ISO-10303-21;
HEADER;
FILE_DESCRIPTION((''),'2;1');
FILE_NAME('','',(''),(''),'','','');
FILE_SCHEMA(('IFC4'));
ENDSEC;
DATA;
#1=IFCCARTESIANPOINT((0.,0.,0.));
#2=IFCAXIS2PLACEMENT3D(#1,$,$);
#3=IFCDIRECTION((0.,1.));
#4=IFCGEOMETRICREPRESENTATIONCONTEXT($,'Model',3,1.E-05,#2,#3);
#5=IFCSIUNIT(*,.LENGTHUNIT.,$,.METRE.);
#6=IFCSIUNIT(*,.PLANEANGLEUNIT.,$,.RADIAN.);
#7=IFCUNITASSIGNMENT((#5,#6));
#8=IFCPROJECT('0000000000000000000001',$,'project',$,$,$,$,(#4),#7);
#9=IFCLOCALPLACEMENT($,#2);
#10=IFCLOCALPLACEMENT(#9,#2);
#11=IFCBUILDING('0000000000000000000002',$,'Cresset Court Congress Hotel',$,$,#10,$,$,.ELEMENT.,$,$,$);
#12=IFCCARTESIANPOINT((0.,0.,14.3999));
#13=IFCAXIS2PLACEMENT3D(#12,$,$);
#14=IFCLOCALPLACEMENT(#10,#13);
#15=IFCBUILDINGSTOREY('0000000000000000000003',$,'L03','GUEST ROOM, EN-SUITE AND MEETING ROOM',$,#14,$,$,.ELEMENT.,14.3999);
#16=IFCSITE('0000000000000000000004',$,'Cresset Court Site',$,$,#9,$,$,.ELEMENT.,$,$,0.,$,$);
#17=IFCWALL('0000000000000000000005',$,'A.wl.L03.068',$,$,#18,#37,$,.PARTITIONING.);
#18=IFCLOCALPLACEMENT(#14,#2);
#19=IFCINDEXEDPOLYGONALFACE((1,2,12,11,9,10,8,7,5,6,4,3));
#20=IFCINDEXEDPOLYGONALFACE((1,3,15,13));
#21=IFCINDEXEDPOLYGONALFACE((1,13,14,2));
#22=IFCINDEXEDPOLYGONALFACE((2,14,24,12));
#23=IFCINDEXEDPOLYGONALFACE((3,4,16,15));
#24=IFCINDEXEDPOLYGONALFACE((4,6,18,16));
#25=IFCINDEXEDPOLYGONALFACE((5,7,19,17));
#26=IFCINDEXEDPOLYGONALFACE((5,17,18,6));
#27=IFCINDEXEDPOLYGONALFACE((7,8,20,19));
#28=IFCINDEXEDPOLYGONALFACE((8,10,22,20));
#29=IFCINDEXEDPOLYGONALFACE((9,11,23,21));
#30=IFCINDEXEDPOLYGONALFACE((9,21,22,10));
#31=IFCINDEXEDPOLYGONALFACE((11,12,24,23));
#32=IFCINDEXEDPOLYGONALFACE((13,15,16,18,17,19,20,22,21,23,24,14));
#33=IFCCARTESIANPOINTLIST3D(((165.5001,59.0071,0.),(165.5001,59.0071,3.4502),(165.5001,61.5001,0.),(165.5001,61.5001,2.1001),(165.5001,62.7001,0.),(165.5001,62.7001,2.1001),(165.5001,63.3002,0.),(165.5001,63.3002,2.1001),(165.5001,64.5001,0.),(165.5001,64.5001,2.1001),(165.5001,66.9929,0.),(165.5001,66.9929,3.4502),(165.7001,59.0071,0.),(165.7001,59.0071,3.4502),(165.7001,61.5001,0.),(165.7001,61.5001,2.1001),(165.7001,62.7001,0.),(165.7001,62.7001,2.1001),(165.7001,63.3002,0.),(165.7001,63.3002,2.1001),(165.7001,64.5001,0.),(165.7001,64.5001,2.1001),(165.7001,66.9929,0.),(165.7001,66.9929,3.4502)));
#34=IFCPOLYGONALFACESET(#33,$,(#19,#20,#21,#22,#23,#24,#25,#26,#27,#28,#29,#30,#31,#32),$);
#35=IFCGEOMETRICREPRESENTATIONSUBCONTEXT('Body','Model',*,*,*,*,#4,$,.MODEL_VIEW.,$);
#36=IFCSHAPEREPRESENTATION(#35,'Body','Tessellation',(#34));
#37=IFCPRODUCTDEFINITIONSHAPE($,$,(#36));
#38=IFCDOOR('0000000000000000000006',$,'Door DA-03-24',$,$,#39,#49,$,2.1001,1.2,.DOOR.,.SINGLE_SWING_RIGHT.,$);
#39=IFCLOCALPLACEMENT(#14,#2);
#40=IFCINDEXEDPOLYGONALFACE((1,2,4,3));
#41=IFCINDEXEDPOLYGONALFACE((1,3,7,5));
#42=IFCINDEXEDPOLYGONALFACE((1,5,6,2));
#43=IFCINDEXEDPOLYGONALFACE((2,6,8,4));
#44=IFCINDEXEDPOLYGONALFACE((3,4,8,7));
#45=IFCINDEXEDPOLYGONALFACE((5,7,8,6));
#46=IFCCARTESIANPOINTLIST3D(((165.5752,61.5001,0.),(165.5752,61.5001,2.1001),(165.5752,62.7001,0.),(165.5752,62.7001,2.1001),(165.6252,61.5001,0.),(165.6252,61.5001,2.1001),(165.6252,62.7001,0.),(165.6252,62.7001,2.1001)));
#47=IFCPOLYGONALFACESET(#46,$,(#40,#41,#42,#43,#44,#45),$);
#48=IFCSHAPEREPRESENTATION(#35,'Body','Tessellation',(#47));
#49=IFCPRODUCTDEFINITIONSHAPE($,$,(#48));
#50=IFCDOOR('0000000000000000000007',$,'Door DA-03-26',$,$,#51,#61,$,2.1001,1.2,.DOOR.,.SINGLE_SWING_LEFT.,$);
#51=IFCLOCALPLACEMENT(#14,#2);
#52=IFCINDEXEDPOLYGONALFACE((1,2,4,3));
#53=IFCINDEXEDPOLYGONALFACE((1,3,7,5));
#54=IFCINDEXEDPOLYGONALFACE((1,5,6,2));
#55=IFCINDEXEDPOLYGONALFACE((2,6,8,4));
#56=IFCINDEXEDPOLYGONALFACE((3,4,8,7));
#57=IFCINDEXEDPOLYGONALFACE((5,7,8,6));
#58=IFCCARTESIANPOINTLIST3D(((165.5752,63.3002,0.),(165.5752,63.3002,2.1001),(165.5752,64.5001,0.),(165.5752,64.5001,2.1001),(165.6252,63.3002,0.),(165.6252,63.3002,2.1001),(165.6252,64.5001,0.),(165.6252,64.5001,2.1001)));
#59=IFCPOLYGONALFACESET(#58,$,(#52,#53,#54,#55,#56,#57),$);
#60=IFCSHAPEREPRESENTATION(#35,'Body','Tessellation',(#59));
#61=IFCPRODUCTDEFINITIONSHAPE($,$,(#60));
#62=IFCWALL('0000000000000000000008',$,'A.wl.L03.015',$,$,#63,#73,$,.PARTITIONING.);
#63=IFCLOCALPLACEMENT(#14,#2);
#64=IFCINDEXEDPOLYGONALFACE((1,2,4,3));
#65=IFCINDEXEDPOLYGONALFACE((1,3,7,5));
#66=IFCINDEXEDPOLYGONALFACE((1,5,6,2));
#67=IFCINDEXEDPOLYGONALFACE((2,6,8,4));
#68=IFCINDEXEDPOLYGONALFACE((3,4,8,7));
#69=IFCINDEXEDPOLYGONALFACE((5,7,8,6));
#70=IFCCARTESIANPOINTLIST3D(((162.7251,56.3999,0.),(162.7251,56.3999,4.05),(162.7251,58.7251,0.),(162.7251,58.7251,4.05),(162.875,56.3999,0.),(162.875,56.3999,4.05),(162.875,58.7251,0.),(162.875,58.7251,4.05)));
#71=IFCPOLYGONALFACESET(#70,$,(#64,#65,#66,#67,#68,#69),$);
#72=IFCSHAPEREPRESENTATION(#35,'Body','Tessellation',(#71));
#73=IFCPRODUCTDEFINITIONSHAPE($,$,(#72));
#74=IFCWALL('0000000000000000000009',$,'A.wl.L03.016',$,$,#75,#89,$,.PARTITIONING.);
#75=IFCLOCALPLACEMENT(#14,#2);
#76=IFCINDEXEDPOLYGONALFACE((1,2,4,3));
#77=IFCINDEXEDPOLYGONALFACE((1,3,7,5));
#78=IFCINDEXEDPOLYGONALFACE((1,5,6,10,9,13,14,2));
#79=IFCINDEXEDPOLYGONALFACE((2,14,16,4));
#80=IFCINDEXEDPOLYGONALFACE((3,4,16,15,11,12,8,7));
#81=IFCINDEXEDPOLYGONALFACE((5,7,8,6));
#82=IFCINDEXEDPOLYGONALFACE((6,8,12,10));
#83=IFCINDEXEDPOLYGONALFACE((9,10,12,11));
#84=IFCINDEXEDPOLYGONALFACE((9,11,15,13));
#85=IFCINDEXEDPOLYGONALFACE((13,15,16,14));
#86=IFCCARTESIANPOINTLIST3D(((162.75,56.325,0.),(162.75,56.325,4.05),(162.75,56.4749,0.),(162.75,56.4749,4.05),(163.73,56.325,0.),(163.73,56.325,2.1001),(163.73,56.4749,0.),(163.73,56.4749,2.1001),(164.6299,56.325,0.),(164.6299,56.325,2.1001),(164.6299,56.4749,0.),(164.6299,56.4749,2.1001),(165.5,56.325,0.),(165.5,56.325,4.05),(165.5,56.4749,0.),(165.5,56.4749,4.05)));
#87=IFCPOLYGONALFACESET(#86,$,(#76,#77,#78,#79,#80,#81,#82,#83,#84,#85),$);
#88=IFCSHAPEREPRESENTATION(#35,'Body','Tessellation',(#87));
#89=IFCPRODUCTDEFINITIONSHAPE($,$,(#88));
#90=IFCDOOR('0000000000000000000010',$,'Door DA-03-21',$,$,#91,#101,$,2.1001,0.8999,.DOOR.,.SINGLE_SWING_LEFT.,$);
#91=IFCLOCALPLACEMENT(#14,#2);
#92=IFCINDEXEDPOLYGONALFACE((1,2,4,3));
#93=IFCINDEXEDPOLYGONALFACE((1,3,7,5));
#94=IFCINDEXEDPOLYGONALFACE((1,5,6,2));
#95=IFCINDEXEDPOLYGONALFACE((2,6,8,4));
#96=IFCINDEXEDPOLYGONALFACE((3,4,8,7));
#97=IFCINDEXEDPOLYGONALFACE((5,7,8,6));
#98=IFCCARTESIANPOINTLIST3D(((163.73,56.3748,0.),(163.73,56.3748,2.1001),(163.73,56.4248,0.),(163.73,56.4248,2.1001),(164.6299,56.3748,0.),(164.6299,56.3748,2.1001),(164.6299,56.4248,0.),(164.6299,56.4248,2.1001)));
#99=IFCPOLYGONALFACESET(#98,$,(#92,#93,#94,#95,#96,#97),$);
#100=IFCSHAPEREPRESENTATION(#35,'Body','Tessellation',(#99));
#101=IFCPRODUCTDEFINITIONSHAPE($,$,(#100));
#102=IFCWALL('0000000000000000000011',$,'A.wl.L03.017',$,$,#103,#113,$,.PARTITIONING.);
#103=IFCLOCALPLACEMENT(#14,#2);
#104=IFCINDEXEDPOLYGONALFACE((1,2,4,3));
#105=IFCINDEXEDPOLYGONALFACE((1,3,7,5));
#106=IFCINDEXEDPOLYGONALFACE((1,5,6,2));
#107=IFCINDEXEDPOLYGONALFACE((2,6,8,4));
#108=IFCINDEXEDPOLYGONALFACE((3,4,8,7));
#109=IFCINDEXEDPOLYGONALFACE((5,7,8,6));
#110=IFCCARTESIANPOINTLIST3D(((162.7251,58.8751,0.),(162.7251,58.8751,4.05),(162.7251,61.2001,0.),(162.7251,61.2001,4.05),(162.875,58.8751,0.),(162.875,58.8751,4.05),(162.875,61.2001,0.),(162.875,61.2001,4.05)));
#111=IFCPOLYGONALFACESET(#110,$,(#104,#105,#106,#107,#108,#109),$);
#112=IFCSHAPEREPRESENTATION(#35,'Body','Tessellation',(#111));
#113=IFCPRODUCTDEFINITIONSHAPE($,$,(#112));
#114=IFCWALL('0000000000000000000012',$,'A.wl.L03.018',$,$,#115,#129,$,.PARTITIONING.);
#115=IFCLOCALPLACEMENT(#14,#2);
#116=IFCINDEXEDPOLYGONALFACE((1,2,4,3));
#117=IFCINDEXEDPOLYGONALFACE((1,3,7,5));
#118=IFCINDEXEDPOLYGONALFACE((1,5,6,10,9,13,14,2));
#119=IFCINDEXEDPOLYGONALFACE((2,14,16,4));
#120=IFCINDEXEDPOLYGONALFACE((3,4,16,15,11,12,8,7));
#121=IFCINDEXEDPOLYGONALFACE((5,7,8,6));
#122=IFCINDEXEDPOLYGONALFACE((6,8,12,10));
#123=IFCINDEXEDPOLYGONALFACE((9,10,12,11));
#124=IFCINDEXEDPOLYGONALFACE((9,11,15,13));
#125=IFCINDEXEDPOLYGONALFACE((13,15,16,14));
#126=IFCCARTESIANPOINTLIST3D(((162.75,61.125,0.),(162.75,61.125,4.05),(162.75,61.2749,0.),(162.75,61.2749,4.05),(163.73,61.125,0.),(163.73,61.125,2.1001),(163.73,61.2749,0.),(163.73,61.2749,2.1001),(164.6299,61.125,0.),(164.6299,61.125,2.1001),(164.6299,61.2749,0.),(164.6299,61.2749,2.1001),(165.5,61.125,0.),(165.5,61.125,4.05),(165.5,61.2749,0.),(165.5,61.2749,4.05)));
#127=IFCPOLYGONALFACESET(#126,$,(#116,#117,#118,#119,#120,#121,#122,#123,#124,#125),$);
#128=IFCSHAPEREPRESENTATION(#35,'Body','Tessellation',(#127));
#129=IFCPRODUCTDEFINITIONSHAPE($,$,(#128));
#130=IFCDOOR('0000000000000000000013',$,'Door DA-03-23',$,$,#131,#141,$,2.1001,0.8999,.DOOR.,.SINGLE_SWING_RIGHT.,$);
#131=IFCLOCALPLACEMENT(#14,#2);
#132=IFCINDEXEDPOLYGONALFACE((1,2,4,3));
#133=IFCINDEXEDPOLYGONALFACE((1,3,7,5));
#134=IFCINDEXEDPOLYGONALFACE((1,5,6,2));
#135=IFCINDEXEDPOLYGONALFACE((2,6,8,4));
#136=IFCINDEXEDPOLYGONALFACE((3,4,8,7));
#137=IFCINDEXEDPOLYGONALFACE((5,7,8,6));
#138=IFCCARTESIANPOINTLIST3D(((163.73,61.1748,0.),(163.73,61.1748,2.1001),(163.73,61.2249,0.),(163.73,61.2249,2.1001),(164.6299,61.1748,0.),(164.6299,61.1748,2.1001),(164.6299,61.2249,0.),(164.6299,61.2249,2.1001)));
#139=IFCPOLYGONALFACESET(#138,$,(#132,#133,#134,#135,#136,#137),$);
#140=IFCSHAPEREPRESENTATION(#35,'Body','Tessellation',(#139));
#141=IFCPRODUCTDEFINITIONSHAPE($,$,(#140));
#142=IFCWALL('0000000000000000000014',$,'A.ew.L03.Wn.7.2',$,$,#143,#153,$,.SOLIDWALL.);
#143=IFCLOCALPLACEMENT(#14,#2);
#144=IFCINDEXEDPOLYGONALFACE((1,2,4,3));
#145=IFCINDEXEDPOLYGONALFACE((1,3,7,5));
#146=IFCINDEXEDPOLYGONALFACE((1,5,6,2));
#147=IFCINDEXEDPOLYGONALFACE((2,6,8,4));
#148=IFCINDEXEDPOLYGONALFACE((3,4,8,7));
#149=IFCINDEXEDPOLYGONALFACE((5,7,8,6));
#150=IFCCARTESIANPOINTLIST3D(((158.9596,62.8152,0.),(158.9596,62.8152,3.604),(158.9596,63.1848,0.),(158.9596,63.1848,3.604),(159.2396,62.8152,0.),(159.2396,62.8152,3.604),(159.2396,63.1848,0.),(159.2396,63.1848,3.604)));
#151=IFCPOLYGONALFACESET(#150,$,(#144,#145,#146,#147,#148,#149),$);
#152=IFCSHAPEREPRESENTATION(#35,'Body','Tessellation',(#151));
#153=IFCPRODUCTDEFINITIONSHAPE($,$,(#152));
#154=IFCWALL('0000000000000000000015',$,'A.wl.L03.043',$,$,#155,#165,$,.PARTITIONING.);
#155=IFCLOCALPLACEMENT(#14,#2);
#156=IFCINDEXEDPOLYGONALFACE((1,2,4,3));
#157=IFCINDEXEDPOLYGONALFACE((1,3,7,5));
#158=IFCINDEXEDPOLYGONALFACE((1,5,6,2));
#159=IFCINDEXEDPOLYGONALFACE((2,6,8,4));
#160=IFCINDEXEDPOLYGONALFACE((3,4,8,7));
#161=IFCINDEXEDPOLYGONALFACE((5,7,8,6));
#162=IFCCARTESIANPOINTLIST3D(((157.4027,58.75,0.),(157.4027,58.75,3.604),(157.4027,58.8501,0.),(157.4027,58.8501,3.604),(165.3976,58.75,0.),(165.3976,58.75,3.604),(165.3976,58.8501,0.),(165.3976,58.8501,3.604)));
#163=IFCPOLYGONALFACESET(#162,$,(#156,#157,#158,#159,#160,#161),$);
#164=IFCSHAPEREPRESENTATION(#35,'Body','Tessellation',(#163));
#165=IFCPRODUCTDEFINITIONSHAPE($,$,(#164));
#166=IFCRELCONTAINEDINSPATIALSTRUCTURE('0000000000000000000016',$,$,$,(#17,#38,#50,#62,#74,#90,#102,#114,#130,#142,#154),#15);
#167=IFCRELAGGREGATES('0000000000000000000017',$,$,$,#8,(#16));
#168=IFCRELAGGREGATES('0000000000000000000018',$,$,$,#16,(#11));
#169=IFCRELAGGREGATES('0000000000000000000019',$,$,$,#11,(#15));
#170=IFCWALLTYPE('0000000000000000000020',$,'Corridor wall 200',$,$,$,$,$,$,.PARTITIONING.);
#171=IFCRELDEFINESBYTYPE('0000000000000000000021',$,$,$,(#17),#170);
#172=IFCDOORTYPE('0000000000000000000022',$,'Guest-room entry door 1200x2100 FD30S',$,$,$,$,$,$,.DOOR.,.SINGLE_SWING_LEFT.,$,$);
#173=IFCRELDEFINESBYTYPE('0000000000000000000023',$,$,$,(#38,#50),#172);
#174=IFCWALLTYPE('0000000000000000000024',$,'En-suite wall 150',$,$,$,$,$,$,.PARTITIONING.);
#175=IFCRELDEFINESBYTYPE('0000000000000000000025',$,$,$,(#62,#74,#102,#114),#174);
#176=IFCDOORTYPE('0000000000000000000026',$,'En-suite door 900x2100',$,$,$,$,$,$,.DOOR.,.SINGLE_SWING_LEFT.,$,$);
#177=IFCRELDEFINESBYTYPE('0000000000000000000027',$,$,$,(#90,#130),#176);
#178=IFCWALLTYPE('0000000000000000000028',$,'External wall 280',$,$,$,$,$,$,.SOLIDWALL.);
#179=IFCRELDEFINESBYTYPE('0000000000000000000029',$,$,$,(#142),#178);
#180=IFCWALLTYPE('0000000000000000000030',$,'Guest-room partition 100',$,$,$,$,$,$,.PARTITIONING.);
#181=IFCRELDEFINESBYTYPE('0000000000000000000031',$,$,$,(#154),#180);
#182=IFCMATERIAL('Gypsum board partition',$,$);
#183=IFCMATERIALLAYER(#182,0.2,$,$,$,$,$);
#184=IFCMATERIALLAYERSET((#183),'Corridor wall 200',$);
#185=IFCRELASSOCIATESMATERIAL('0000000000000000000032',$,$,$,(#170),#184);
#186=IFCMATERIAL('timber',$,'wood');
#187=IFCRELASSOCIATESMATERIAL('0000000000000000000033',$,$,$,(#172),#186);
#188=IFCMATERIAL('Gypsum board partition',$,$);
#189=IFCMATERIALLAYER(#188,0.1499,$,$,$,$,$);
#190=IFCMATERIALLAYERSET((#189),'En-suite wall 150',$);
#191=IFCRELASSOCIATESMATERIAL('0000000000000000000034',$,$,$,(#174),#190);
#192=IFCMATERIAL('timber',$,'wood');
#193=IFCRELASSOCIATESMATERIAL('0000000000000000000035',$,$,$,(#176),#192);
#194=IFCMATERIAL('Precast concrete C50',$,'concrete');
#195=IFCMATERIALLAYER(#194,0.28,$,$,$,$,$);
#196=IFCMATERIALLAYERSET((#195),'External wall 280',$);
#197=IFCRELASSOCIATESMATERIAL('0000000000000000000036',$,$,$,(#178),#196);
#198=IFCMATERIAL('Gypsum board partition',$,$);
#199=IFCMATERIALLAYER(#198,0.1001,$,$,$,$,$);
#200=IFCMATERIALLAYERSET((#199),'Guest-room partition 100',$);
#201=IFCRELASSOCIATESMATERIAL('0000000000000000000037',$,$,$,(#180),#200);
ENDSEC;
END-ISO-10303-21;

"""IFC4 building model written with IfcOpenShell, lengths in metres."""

from ifc_helpers import new_model, si_unit, direction, frame, frame_2d, origin, place, context, subcontext, project, spatial, rectangle, extrude, material, layer, layer_set, type_object, element, fill, save


model = new_model("IFC4")

# Units and contexts
model_context = context("Model", 3, precision=1e-05, world=origin(), true_north=direction((0.0, 1.0)))
body_context = subcontext(model_context, "Body", "Model", "MODEL_VIEW")
ifc_project = project(units=[si_unit("LENGTHUNIT", "METRE"), si_unit("PLANEANGLEUNIT", "RADIAN")], contexts=[model_context])

# Site, building, storey
site_placement = place(None, origin())
site = spatial("IfcSite", under=ifc_project, at=site_placement, Name="Cresset Court Site", CompositionType="ELEMENT", RefElevation=0.0)
building_placement = place(site_placement, origin())
building = spatial("IfcBuilding", under=site, at=building_placement, Name="Cresset Court Congress Hotel", CompositionType="ELEMENT")
storey_placement = place(building_placement, frame((0.0, 0.0, 14.3999)))
storey = spatial("IfcBuildingStorey", under=building, at=storey_placement, Name="L03", Description="GUEST ROOM, EN-SUITE AND MEETING ROOM", CompositionType="ELEMENT", Elevation=14.3999)

# Wall, openings, doors
ifc_material_1 = material(Name="Gypsum board partition")
ifc_layer_1 = layer(ifc_material_1, 0.2)
ifc_layer_set_1 = layer_set([ifc_layer_1], Name="Corridor wall 200")
wall_type_1 = type_object("IfcWallType", Name="Corridor wall 200", PredefinedType="PARTITIONING", material=ifc_layer_set_1)
wall_1_placement = place(storey_placement, frame((165.6001, 59.0071, 0.0), z_axis=(0.0, 0.0, 1.0), x_axis=(0.0, 1.0, 0.0)))
wall_1 = element("IfcWall", 1, at=wall_1_placement, inside=storey, type_object=wall_type_1, Name="A.wl.L03.068", PredefinedType="PARTITIONING", context=body_context, shape_type="SweptSolid", body=[
    extrude(rectangle(XDim=7.9858, YDim=0.2, at=frame_2d((3.9929, 0.0))), origin(), (0.0, 0.0, 1.0), 3.4502),
])
opening_1_placement = place(wall_1_placement, frame((2.4929, 0.0, 0.0)))
opening_1 = element("IfcOpeningElement", 2, at=opening_1_placement, cuts=wall_1, PredefinedType="OPENING", context=body_context, shape_type="SweptSolid", body=[
    extrude(rectangle(XDim=1.2, YDim=2.1001, at=frame_2d((0.6001, 1.05))), frame((0.0, 0.1099, 0.0), z_axis=(0.0, -1.0, 0.0), x_axis=(1.0, 0.0, 0.0)), (0.0, 0.0, 1.0), 0.22),
])
opening_2_placement = place(wall_1_placement, frame((4.293, 0.0, 0.0)))
opening_2 = element("IfcOpeningElement", 3, at=opening_2_placement, cuts=wall_1, PredefinedType="OPENING", context=body_context, shape_type="SweptSolid", body=[
    extrude(rectangle(XDim=1.2, YDim=2.1001, at=frame_2d((0.6001, 1.05))), frame((0.0, 0.1099, 0.0), z_axis=(0.0, -1.0, 0.0), x_axis=(1.0, 0.0, 0.0)), (0.0, 0.0, 1.0), 0.22),
])
ifc_material_2 = material(Name="timber", Category="wood")
door_type_1 = type_object("IfcDoorType", Name="Guest-room entry door 1200x2100 FD30S", OperationType="SINGLE_SWING_LEFT", PredefinedType="DOOR", material=ifc_material_2)
door_1_placement = place(opening_1_placement, origin())
door_1 = element("IfcDoor", 4, at=door_1_placement, inside=storey, type_object=door_type_1, Name="Door DA-03-24", OperationType="SINGLE_SWING_RIGHT", OverallHeight=2.1001, OverallWidth=1.2, PredefinedType="DOOR", context=body_context, shape_type="SweptSolid", body=[
    extrude(rectangle(XDim=1.2, YDim=2.1001, at=frame_2d((0.6001, 1.05))), frame((0.0, 0.0249, 0.0), z_axis=(0.0, -1.0, 0.0), x_axis=(1.0, 0.0, 0.0)), (0.0, 0.0, 1.0), 0.05),
])
fill(opening_1, door_1)
door_2_placement = place(opening_2_placement, origin())
door_2 = element("IfcDoor", 5, at=door_2_placement, inside=storey, type_object=door_type_1, Name="Door DA-03-26", OperationType="SINGLE_SWING_LEFT", OverallHeight=2.1001, OverallWidth=1.2, PredefinedType="DOOR", context=body_context, shape_type="SweptSolid", body=[
    extrude(rectangle(XDim=1.2, YDim=2.1001, at=frame_2d((0.6001, 1.05))), frame((0.0, 0.0249, 0.0), z_axis=(0.0, -1.0, 0.0), x_axis=(1.0, 0.0, 0.0)), (0.0, 0.0, 1.0), 0.05),
])
fill(opening_2, door_2)

# Wall
ifc_material_3 = material(Name="Gypsum board partition")
ifc_layer_2 = layer(ifc_material_3, 0.1499)
ifc_layer_set_2 = layer_set([ifc_layer_2], Name="En-suite wall 150")
wall_type_2 = type_object("IfcWallType", Name="En-suite wall 150", PredefinedType="PARTITIONING", material=ifc_layer_set_2)
wall_2_placement = place(storey_placement, frame((162.8, 56.3999, 0.0), z_axis=(0.0, 0.0, 1.0), x_axis=(0.0, 1.0, 0.0)))
element("IfcWall", 6, at=wall_2_placement, inside=storey, type_object=wall_type_2, Name="A.wl.L03.015", PredefinedType="PARTITIONING", context=body_context, shape_type="SweptSolid", body=[
    extrude(rectangle(XDim=2.3252, YDim=0.1499, at=frame_2d((1.1626, 0.0))), origin(), (0.0, 0.0, 1.0), 4.05),
])

# Wall, opening, door
wall_3_placement = place(storey_placement, frame((162.75, 56.3999, 0.0), z_axis=(0.0, 0.0, 1.0), x_axis=(1.0, 0.0, 0.0)))
wall_3 = element("IfcWall", 7, at=wall_3_placement, inside=storey, type_object=wall_type_2, Name="A.wl.L03.016", PredefinedType="PARTITIONING", context=body_context, shape_type="SweptSolid", body=[
    extrude(rectangle(XDim=2.75, YDim=0.1499, at=frame_2d((1.375, 0.0))), origin(), (0.0, 0.0, 1.0), 4.05),
])
opening_3_placement = place(wall_3_placement, frame((0.98, 0.0, 0.0)))
opening_3 = element("IfcOpeningElement", 8, at=opening_3_placement, cuts=wall_3, PredefinedType="OPENING", context=body_context, shape_type="SweptSolid", body=[
    extrude(rectangle(XDim=0.8999, YDim=2.1001, at=frame_2d((0.45, 1.05))), frame((0.0, 0.085, 0.0), z_axis=(0.0, -1.0, 0.0), x_axis=(1.0, 0.0, 0.0)), (0.0, 0.0, 1.0), 0.1699),
])
ifc_material_4 = material(Name="timber", Category="wood")
door_type_2 = type_object("IfcDoorType", Name="En-suite door 900x2100", OperationType="SINGLE_SWING_LEFT", PredefinedType="DOOR", material=ifc_material_4)
door_3_placement = place(opening_3_placement, origin())
door_3 = element("IfcDoor", 9, at=door_3_placement, inside=storey, type_object=door_type_2, Name="Door DA-03-21", OperationType="SINGLE_SWING_LEFT", OverallHeight=2.1001, OverallWidth=0.8999, PredefinedType="DOOR", context=body_context, shape_type="SweptSolid", body=[
    extrude(rectangle(XDim=0.8999, YDim=2.1001, at=frame_2d((0.45, 1.05))), frame((0.0, 0.0249, 0.0), z_axis=(0.0, -1.0, 0.0), x_axis=(1.0, 0.0, 0.0)), (0.0, 0.0, 1.0), 0.05),
])
fill(opening_3, door_3)

# Wall
wall_4_placement = place(storey_placement, frame((162.8, 58.875, 0.0), z_axis=(0.0, 0.0, 1.0), x_axis=(0.0, 1.0, 0.0)))
element("IfcWall", 10, at=wall_4_placement, inside=storey, type_object=wall_type_2, Name="A.wl.L03.017", PredefinedType="PARTITIONING", context=body_context, shape_type="SweptSolid", body=[
    extrude(rectangle(XDim=2.325, YDim=0.1499, at=frame_2d((1.1626, 0.0))), origin(), (0.0, 0.0, 1.0), 4.05),
])

# Wall, opening, door
wall_5_placement = place(storey_placement, frame((162.75, 61.2, 0.0), z_axis=(0.0, 0.0, 1.0), x_axis=(1.0, 0.0, 0.0)))
wall_5 = element("IfcWall", 11, at=wall_5_placement, inside=storey, type_object=wall_type_2, Name="A.wl.L03.018", PredefinedType="PARTITIONING", context=body_context, shape_type="SweptSolid", body=[
    extrude(rectangle(XDim=2.75, YDim=0.1499, at=frame_2d((1.375, 0.0))), origin(), (0.0, 0.0, 1.0), 4.05),
])
opening_4_placement = place(wall_5_placement, frame((0.98, 0.0, 0.0)))
opening_4 = element("IfcOpeningElement", 12, at=opening_4_placement, cuts=wall_5, PredefinedType="OPENING", context=body_context, shape_type="SweptSolid", body=[
    extrude(rectangle(XDim=0.8999, YDim=2.1001, at=frame_2d((0.45, 1.05))), frame((0.0, 0.085, 0.0), z_axis=(0.0, -1.0, 0.0), x_axis=(1.0, 0.0, 0.0)), (0.0, 0.0, 1.0), 0.1699),
])
door_4_placement = place(opening_4_placement, origin())
door_4 = element("IfcDoor", 13, at=door_4_placement, inside=storey, type_object=door_type_2, Name="Door DA-03-23", OperationType="SINGLE_SWING_RIGHT", OverallHeight=2.1001, OverallWidth=0.8999, PredefinedType="DOOR", context=body_context, shape_type="SweptSolid", body=[
    extrude(rectangle(XDim=0.8999, YDim=2.1001, at=frame_2d((0.45, 1.05))), frame((0.0, 0.0249, 0.0), z_axis=(0.0, -1.0, 0.0), x_axis=(1.0, 0.0, 0.0)), (0.0, 0.0, 1.0), 0.05),
])
fill(opening_4, door_4)

# Walls
ifc_material_5 = material(Name="Precast concrete C50", Category="concrete")
ifc_layer_3 = layer(ifc_material_5, 0.28)
ifc_layer_set_3 = layer_set([ifc_layer_3], Name="External wall 280")
wall_type_3 = type_object("IfcWallType", Name="External wall 280", PredefinedType="SOLIDWALL", material=ifc_layer_set_3)
wall_6_placement = place(storey_placement, frame((159.0996, 62.8152, 0.0), z_axis=(0.0, 0.0, 1.0), x_axis=(0.0, 1.0, 0.0)))
element("IfcWall", 14, at=wall_6_placement, inside=storey, type_object=wall_type_3, Name="A.ew.L03.Wn.7.2", PredefinedType="SOLIDWALL", context=body_context, shape_type="SweptSolid", body=[
    extrude(rectangle(XDim=0.3696, YDim=0.28, at=frame_2d((0.1848, 0.0))), origin(), (0.0, 0.0, 1.0), 3.604),
])
ifc_material_6 = material(Name="Gypsum board partition")
ifc_layer_4 = layer(ifc_material_6, 0.1001)
ifc_layer_set_4 = layer_set([ifc_layer_4], Name="Guest-room partition 100")
wall_type_4 = type_object("IfcWallType", Name="Guest-room partition 100", PredefinedType="PARTITIONING", material=ifc_layer_set_4)
wall_7_placement = place(storey_placement, frame((157.4026, 58.8, 0.0), z_axis=(0.0, 0.0, 1.0), x_axis=(1.0, 0.0, 0.0)))
element("IfcWall", 15, at=wall_7_placement, inside=storey, type_object=wall_type_4, Name="A.wl.L03.043", PredefinedType="PARTITIONING", context=body_context, shape_type="SweptSolid", body=[
    extrude(rectangle(XDim=7.9949, YDim=0.1001, at=frame_2d((3.9976, 0.0))), origin(), (0.0, 0.0, 1.0), 3.604),
])

save(model, "model.ifc")
